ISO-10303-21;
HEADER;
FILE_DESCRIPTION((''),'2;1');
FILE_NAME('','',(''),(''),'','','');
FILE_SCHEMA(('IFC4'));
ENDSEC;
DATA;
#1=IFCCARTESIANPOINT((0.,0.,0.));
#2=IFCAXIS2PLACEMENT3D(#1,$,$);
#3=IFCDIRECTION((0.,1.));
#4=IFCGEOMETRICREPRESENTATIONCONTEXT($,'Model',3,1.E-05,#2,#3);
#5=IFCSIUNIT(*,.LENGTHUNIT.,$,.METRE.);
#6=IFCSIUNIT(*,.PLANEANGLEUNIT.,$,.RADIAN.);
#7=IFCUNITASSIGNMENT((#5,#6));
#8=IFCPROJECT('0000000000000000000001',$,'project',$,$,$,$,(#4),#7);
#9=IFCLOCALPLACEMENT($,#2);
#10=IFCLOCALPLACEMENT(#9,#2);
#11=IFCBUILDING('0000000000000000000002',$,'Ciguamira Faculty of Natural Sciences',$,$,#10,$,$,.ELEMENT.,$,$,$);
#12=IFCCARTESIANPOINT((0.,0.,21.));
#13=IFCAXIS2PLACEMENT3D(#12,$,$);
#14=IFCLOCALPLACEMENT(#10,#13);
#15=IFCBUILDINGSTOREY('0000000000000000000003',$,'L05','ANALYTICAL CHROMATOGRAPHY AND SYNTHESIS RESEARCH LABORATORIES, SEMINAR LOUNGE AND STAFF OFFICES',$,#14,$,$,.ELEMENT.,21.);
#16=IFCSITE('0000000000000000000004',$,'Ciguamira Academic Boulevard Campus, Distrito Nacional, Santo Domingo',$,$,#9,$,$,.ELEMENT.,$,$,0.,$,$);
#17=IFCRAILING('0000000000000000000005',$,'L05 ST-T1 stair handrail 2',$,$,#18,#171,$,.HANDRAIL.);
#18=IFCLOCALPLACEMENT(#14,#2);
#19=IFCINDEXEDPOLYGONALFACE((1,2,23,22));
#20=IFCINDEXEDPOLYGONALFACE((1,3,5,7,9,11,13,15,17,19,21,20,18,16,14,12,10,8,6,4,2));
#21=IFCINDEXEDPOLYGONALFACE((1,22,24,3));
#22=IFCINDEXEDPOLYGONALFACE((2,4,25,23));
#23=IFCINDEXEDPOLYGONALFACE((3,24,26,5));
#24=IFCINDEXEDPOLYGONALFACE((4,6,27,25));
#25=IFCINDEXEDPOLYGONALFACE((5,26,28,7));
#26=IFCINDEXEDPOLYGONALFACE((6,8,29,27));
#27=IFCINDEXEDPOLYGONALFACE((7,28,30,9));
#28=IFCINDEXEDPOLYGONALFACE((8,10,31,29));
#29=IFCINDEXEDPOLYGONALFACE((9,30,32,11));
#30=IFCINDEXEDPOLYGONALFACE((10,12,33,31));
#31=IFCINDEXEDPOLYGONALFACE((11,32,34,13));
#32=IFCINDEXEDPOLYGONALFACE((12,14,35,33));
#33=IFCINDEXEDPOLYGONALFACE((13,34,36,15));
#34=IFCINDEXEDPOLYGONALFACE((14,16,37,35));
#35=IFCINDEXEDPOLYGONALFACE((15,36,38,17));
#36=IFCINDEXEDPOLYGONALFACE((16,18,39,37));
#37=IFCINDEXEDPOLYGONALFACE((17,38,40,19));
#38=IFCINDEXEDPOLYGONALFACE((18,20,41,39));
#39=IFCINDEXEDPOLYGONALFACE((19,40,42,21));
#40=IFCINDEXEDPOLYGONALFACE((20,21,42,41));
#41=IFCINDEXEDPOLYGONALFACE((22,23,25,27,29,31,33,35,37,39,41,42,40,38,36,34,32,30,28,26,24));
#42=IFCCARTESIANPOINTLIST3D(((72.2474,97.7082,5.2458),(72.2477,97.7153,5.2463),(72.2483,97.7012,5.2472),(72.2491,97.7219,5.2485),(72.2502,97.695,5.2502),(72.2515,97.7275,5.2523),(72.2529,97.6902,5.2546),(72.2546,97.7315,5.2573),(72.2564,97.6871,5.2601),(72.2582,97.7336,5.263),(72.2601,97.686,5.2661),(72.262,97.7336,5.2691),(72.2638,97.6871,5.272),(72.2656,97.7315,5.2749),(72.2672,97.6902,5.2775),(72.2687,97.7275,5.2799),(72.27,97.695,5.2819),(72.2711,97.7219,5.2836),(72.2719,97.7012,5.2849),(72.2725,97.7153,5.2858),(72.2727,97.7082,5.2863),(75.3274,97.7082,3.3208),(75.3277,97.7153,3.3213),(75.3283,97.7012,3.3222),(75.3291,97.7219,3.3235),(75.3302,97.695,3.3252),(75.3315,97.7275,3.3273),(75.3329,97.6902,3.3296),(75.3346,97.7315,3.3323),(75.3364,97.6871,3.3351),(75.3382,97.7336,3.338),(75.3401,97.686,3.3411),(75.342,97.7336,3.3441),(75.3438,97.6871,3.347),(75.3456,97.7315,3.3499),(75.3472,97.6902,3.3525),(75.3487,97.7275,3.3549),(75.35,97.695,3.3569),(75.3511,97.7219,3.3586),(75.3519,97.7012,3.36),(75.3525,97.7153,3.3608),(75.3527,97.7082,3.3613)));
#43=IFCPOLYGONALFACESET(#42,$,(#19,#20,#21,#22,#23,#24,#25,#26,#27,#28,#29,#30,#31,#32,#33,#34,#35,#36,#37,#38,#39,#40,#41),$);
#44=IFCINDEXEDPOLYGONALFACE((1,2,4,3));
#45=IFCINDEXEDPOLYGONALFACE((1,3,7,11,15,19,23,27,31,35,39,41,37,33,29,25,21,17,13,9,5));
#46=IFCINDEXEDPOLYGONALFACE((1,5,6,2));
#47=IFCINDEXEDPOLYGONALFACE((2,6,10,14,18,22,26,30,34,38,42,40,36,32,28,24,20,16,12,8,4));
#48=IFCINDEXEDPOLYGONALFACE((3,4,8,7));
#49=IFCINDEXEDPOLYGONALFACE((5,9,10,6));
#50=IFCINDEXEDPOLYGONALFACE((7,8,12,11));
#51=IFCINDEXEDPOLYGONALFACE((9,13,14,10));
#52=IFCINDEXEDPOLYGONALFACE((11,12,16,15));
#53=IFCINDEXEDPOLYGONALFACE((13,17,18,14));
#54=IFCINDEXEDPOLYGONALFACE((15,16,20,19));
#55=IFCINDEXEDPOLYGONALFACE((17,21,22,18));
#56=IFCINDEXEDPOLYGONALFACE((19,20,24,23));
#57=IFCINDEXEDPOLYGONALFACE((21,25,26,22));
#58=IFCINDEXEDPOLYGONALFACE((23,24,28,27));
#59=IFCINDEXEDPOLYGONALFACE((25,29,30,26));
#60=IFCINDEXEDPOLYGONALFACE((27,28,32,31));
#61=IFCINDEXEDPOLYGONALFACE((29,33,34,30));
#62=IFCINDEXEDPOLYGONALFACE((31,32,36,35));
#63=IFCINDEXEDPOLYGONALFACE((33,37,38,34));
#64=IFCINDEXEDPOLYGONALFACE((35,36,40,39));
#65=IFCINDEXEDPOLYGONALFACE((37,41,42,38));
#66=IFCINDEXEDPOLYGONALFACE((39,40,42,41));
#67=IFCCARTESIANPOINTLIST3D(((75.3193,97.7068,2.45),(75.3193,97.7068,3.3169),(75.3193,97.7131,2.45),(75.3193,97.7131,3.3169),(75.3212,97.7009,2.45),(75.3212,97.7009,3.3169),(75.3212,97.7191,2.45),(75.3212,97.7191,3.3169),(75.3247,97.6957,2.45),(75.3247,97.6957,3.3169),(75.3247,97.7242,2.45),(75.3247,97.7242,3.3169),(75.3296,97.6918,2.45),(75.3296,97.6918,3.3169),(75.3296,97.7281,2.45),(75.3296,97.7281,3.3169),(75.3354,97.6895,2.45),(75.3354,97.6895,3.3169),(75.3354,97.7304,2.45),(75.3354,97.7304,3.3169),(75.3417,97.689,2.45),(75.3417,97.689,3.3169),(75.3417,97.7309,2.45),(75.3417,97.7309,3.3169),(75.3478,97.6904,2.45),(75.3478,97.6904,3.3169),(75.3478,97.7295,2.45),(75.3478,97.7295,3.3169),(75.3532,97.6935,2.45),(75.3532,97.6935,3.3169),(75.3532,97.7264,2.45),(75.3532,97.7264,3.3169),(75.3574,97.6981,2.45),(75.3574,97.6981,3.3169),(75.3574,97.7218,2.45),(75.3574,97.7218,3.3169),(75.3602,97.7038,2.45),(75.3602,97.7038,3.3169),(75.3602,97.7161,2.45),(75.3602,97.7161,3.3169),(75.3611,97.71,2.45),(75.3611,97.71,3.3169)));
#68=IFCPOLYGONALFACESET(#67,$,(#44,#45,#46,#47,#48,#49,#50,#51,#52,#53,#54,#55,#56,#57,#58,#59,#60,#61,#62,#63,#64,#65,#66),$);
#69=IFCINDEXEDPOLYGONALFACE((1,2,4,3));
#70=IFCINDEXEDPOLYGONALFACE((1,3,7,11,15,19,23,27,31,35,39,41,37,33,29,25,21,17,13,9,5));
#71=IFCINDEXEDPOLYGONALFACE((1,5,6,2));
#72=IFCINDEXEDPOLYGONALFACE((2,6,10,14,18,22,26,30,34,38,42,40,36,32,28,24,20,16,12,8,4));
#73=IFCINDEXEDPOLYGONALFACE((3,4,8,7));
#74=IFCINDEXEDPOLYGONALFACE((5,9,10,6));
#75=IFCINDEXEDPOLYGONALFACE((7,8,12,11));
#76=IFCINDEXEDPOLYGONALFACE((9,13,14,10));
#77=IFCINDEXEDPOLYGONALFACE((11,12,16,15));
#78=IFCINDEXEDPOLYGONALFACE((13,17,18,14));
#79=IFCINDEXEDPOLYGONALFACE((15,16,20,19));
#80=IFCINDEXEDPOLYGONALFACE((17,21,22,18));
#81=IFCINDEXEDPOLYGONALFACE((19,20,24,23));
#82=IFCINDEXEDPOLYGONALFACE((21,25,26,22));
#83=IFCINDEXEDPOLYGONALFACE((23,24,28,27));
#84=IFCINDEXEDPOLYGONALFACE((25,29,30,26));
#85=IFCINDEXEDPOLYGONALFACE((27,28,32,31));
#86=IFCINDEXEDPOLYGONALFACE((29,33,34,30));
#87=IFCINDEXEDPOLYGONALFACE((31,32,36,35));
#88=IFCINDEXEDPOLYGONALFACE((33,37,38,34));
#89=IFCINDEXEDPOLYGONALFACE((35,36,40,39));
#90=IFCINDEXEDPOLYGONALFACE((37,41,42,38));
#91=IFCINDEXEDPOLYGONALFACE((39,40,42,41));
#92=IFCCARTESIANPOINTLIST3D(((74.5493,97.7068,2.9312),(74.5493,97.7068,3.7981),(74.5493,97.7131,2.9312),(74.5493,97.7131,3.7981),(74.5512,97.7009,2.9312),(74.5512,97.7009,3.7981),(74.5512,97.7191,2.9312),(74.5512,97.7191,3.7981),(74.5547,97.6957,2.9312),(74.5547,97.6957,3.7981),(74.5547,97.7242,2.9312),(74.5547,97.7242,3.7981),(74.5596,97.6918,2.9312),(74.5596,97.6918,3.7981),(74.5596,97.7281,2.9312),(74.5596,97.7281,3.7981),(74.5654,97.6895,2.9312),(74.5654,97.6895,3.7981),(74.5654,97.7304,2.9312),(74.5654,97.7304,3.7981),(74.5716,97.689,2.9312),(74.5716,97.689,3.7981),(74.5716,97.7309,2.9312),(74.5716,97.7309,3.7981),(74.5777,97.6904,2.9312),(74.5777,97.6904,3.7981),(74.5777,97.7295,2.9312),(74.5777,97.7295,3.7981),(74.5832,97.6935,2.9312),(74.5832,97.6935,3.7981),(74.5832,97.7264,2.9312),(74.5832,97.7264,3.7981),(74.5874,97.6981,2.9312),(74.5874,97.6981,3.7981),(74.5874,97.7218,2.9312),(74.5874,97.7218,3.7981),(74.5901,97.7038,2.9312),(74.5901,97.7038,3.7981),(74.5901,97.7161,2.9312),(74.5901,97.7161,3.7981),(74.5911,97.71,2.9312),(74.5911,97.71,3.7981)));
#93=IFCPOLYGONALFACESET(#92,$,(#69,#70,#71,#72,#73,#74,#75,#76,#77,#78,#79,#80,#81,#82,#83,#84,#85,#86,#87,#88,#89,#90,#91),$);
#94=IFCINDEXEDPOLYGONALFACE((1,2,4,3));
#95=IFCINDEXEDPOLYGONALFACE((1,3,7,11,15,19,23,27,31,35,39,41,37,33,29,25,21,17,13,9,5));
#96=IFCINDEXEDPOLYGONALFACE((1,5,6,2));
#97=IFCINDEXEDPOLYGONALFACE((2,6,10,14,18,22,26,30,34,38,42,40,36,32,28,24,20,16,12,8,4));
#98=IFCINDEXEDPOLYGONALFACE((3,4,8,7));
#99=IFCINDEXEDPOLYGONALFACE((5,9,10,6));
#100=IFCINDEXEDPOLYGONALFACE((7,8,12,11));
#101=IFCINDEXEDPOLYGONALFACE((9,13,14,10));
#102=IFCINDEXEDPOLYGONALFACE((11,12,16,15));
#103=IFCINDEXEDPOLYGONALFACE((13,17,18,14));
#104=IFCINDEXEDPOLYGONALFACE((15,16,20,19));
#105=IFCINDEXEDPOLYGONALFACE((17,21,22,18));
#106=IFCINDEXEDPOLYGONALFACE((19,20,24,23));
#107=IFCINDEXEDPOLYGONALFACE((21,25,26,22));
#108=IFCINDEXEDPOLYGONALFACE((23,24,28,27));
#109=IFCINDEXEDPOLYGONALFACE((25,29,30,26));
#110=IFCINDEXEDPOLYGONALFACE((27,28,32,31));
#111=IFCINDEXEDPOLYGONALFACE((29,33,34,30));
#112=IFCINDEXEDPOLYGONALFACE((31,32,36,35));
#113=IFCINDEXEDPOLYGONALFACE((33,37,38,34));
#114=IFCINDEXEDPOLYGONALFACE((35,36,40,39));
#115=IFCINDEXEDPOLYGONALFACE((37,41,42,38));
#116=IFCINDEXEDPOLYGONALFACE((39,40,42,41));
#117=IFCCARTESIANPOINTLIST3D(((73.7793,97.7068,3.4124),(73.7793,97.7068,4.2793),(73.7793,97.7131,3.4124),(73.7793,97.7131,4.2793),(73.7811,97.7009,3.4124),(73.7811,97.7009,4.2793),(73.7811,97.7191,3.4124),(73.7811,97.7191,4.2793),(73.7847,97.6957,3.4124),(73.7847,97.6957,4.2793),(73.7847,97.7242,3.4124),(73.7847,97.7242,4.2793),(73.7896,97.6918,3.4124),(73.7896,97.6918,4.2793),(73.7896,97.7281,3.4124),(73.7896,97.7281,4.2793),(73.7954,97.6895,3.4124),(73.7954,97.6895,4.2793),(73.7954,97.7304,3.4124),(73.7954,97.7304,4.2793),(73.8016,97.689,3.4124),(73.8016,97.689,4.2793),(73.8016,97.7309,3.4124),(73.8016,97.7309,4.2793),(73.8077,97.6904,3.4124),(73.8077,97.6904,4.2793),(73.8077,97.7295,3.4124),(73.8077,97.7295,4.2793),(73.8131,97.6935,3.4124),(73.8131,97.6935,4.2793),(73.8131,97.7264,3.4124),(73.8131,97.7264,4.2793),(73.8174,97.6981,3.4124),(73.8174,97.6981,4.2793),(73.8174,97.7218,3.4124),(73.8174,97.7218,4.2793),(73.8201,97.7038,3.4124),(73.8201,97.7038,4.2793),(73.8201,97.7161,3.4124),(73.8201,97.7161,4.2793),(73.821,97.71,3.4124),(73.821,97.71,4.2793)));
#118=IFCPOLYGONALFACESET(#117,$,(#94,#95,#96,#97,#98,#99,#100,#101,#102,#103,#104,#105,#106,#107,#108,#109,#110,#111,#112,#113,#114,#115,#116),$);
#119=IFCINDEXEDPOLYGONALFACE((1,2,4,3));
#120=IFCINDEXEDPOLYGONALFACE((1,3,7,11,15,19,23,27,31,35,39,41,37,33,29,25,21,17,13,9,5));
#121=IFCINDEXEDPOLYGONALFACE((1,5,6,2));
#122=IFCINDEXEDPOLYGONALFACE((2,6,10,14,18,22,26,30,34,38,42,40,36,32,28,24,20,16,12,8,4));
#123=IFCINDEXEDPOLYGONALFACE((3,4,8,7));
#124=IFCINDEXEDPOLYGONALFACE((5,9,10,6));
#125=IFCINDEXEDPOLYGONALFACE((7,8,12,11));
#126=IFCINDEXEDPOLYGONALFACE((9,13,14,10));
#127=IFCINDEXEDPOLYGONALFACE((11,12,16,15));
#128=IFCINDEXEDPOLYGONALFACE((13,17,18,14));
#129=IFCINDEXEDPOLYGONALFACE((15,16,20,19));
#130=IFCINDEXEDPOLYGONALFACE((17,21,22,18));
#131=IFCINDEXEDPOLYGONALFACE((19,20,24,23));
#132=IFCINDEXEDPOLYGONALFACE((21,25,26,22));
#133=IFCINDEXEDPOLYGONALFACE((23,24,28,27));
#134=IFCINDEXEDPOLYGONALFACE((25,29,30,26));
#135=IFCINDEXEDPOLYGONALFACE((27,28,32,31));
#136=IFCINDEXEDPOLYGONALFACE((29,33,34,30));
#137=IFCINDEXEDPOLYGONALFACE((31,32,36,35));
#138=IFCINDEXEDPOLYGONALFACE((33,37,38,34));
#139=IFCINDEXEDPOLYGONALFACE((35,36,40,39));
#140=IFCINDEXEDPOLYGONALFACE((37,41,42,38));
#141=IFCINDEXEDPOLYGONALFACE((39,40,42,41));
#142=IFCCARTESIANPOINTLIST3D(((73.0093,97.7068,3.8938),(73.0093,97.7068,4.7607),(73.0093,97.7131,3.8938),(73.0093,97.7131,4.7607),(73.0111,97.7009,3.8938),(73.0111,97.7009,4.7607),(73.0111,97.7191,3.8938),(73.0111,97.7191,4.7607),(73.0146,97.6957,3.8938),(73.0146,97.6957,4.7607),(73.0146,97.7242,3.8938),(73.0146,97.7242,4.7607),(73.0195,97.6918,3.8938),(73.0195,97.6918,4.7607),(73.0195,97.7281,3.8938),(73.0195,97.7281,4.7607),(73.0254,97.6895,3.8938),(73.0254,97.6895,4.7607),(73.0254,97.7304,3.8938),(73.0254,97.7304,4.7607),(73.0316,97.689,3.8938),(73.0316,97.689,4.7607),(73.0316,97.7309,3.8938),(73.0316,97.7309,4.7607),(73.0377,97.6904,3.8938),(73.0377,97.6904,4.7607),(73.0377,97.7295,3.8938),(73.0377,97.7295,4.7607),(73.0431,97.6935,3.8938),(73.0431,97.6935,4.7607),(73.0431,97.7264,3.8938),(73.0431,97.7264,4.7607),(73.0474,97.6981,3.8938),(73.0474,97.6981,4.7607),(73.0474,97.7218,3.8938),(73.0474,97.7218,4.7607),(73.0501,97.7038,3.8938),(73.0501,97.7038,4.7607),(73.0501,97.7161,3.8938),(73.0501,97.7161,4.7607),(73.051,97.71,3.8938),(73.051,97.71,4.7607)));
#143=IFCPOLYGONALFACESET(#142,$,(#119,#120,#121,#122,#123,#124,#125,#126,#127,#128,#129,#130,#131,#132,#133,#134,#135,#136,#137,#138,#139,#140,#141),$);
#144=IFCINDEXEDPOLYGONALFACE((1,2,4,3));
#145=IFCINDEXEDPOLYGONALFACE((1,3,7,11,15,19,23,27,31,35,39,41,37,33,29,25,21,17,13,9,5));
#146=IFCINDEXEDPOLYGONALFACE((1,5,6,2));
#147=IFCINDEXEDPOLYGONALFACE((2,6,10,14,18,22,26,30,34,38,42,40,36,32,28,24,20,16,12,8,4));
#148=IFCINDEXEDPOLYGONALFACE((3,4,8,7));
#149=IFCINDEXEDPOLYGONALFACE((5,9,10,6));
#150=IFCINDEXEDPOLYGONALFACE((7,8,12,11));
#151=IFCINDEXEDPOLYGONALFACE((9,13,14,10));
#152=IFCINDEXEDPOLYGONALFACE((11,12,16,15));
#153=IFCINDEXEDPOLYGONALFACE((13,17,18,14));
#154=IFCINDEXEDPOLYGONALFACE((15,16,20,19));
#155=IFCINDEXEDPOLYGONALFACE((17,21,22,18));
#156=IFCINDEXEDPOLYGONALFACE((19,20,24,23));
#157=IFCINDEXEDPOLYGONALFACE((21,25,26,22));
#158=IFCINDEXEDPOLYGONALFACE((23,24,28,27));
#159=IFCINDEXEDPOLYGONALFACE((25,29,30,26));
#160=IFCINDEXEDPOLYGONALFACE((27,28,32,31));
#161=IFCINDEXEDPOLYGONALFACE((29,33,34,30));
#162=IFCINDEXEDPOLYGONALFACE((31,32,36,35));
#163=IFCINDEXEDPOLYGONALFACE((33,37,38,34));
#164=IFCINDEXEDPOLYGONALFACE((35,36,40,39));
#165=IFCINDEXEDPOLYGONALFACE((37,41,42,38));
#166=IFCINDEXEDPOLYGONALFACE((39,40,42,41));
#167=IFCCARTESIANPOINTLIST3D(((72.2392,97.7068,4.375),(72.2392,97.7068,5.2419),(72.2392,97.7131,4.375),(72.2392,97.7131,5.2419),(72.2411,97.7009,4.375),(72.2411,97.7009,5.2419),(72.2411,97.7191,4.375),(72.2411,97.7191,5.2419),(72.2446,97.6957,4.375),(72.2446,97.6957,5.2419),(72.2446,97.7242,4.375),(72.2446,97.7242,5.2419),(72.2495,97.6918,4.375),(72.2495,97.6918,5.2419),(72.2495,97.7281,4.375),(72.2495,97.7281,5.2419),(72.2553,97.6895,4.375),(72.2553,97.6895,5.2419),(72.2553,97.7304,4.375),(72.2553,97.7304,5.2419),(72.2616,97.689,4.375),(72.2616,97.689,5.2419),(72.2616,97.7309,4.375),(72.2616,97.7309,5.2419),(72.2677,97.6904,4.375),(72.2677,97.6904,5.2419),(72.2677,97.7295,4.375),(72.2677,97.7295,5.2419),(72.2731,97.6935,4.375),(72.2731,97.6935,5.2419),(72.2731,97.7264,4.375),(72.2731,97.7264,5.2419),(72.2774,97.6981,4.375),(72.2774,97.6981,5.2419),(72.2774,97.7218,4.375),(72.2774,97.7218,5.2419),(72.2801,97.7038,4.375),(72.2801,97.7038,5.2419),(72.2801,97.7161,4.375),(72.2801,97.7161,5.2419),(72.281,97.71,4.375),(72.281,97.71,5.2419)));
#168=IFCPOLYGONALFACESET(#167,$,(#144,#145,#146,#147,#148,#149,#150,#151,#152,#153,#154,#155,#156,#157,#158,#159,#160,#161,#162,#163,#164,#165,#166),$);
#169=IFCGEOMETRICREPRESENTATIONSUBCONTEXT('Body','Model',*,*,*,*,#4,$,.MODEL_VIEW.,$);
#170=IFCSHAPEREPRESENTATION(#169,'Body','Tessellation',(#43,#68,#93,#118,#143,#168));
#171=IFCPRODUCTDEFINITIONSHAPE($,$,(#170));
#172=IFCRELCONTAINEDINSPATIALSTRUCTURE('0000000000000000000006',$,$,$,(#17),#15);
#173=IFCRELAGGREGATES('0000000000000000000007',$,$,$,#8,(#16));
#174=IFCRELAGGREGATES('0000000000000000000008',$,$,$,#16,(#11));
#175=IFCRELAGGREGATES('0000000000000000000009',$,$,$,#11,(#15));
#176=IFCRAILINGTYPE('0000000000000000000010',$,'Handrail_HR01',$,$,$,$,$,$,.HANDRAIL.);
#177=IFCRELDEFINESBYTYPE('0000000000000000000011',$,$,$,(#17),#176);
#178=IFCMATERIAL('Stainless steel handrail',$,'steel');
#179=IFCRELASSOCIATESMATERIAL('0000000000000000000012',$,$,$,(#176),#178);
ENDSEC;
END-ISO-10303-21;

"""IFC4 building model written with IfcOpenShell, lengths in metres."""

from ifc_helpers import new_model, si_unit, direction, frame, origin, origin_2d, place, context, subcontext, project, spatial, circle, extrude, material, type_object, element, save


model = new_model("IFC4")

# Units and contexts
model_context = context("Model", 3, precision=1e-05, world=origin(), true_north=direction((0.0, 1.0)))
body_context = subcontext(model_context, "Body", "Model", "MODEL_VIEW")
ifc_project = project(units=[si_unit("LENGTHUNIT", "METRE"), si_unit("PLANEANGLEUNIT", "RADIAN")], contexts=[model_context])

# Site, building, storey
site_placement = place(None, origin())
site = spatial("IfcSite", under=ifc_project, at=site_placement, Name="Ciguamira Academic Boulevard Campus, Distrito Nacional, Santo Domingo", CompositionType="ELEMENT", RefElevation=0.0)
building_placement = place(site_placement, origin())
building = spatial("IfcBuilding", under=site, at=building_placement, Name="Ciguamira Faculty of Natural Sciences", CompositionType="ELEMENT")
storey_placement = place(building_placement, frame((0.0, 0.0, 21.0)))
storey = spatial("IfcBuildingStorey", under=building, at=storey_placement, Name="L05", Description="ANALYTICAL CHROMATOGRAPHY AND SYNTHESIS RESEARCH LABORATORIES, SEMINAR LOUNGE AND STAFF OFFICES", CompositionType="ELEMENT", Elevation=21.0)

# Railing
ifc_material_1 = material(Name="Stainless steel handrail", Category="steel")
railing_type = type_object("IfcRailingType", Name="Handrail_HR01", PredefinedType="HANDRAIL", material=ifc_material_1)
railing_placement = place(storey_placement, frame((75.3401, 97.71, 2.45)))
element("IfcRailing", 1, at=railing_placement, inside=storey, type_object=railing_type, Name="L05 ST-T1 stair handrail 2", PredefinedType="HANDRAIL", context=body_context, shape_type="SweptSolid", body=[
    extrude(circle(Radius=0.0239, at=origin_2d()), frame((0.0, 0.0, 0.8911), z_axis=(-0.847998, 0.0, 0.529999), x_axis=(0.0, -1.0, 0.0)), (0.0, 0.0, 1.0), 3.6321),
    extrude(circle(Radius=0.021, at=origin_2d()), origin(), (0.0, 0.0, 1.0), 0.8669),
    extrude(circle(Radius=0.021, at=origin_2d()), frame((-0.77, 0.0, 0.4812)), (0.0, 0.0, 1.0), 0.8669),
    extrude(circle(Radius=0.021, at=origin_2d()), frame((-1.54, 0.0, 0.9624)), (0.0, 0.0, 1.0), 0.8669),
    extrude(circle(Radius=0.021, at=origin_2d()), frame((-2.3101, 0.0, 1.4438)), (0.0, 0.0, 1.0), 0.8669),
    extrude(circle(Radius=0.021, at=origin_2d()), frame((-3.0801, 0.0, 1.925)), (0.0, 0.0, 1.0), 0.8669),
])

save(model, "model.ifc")
